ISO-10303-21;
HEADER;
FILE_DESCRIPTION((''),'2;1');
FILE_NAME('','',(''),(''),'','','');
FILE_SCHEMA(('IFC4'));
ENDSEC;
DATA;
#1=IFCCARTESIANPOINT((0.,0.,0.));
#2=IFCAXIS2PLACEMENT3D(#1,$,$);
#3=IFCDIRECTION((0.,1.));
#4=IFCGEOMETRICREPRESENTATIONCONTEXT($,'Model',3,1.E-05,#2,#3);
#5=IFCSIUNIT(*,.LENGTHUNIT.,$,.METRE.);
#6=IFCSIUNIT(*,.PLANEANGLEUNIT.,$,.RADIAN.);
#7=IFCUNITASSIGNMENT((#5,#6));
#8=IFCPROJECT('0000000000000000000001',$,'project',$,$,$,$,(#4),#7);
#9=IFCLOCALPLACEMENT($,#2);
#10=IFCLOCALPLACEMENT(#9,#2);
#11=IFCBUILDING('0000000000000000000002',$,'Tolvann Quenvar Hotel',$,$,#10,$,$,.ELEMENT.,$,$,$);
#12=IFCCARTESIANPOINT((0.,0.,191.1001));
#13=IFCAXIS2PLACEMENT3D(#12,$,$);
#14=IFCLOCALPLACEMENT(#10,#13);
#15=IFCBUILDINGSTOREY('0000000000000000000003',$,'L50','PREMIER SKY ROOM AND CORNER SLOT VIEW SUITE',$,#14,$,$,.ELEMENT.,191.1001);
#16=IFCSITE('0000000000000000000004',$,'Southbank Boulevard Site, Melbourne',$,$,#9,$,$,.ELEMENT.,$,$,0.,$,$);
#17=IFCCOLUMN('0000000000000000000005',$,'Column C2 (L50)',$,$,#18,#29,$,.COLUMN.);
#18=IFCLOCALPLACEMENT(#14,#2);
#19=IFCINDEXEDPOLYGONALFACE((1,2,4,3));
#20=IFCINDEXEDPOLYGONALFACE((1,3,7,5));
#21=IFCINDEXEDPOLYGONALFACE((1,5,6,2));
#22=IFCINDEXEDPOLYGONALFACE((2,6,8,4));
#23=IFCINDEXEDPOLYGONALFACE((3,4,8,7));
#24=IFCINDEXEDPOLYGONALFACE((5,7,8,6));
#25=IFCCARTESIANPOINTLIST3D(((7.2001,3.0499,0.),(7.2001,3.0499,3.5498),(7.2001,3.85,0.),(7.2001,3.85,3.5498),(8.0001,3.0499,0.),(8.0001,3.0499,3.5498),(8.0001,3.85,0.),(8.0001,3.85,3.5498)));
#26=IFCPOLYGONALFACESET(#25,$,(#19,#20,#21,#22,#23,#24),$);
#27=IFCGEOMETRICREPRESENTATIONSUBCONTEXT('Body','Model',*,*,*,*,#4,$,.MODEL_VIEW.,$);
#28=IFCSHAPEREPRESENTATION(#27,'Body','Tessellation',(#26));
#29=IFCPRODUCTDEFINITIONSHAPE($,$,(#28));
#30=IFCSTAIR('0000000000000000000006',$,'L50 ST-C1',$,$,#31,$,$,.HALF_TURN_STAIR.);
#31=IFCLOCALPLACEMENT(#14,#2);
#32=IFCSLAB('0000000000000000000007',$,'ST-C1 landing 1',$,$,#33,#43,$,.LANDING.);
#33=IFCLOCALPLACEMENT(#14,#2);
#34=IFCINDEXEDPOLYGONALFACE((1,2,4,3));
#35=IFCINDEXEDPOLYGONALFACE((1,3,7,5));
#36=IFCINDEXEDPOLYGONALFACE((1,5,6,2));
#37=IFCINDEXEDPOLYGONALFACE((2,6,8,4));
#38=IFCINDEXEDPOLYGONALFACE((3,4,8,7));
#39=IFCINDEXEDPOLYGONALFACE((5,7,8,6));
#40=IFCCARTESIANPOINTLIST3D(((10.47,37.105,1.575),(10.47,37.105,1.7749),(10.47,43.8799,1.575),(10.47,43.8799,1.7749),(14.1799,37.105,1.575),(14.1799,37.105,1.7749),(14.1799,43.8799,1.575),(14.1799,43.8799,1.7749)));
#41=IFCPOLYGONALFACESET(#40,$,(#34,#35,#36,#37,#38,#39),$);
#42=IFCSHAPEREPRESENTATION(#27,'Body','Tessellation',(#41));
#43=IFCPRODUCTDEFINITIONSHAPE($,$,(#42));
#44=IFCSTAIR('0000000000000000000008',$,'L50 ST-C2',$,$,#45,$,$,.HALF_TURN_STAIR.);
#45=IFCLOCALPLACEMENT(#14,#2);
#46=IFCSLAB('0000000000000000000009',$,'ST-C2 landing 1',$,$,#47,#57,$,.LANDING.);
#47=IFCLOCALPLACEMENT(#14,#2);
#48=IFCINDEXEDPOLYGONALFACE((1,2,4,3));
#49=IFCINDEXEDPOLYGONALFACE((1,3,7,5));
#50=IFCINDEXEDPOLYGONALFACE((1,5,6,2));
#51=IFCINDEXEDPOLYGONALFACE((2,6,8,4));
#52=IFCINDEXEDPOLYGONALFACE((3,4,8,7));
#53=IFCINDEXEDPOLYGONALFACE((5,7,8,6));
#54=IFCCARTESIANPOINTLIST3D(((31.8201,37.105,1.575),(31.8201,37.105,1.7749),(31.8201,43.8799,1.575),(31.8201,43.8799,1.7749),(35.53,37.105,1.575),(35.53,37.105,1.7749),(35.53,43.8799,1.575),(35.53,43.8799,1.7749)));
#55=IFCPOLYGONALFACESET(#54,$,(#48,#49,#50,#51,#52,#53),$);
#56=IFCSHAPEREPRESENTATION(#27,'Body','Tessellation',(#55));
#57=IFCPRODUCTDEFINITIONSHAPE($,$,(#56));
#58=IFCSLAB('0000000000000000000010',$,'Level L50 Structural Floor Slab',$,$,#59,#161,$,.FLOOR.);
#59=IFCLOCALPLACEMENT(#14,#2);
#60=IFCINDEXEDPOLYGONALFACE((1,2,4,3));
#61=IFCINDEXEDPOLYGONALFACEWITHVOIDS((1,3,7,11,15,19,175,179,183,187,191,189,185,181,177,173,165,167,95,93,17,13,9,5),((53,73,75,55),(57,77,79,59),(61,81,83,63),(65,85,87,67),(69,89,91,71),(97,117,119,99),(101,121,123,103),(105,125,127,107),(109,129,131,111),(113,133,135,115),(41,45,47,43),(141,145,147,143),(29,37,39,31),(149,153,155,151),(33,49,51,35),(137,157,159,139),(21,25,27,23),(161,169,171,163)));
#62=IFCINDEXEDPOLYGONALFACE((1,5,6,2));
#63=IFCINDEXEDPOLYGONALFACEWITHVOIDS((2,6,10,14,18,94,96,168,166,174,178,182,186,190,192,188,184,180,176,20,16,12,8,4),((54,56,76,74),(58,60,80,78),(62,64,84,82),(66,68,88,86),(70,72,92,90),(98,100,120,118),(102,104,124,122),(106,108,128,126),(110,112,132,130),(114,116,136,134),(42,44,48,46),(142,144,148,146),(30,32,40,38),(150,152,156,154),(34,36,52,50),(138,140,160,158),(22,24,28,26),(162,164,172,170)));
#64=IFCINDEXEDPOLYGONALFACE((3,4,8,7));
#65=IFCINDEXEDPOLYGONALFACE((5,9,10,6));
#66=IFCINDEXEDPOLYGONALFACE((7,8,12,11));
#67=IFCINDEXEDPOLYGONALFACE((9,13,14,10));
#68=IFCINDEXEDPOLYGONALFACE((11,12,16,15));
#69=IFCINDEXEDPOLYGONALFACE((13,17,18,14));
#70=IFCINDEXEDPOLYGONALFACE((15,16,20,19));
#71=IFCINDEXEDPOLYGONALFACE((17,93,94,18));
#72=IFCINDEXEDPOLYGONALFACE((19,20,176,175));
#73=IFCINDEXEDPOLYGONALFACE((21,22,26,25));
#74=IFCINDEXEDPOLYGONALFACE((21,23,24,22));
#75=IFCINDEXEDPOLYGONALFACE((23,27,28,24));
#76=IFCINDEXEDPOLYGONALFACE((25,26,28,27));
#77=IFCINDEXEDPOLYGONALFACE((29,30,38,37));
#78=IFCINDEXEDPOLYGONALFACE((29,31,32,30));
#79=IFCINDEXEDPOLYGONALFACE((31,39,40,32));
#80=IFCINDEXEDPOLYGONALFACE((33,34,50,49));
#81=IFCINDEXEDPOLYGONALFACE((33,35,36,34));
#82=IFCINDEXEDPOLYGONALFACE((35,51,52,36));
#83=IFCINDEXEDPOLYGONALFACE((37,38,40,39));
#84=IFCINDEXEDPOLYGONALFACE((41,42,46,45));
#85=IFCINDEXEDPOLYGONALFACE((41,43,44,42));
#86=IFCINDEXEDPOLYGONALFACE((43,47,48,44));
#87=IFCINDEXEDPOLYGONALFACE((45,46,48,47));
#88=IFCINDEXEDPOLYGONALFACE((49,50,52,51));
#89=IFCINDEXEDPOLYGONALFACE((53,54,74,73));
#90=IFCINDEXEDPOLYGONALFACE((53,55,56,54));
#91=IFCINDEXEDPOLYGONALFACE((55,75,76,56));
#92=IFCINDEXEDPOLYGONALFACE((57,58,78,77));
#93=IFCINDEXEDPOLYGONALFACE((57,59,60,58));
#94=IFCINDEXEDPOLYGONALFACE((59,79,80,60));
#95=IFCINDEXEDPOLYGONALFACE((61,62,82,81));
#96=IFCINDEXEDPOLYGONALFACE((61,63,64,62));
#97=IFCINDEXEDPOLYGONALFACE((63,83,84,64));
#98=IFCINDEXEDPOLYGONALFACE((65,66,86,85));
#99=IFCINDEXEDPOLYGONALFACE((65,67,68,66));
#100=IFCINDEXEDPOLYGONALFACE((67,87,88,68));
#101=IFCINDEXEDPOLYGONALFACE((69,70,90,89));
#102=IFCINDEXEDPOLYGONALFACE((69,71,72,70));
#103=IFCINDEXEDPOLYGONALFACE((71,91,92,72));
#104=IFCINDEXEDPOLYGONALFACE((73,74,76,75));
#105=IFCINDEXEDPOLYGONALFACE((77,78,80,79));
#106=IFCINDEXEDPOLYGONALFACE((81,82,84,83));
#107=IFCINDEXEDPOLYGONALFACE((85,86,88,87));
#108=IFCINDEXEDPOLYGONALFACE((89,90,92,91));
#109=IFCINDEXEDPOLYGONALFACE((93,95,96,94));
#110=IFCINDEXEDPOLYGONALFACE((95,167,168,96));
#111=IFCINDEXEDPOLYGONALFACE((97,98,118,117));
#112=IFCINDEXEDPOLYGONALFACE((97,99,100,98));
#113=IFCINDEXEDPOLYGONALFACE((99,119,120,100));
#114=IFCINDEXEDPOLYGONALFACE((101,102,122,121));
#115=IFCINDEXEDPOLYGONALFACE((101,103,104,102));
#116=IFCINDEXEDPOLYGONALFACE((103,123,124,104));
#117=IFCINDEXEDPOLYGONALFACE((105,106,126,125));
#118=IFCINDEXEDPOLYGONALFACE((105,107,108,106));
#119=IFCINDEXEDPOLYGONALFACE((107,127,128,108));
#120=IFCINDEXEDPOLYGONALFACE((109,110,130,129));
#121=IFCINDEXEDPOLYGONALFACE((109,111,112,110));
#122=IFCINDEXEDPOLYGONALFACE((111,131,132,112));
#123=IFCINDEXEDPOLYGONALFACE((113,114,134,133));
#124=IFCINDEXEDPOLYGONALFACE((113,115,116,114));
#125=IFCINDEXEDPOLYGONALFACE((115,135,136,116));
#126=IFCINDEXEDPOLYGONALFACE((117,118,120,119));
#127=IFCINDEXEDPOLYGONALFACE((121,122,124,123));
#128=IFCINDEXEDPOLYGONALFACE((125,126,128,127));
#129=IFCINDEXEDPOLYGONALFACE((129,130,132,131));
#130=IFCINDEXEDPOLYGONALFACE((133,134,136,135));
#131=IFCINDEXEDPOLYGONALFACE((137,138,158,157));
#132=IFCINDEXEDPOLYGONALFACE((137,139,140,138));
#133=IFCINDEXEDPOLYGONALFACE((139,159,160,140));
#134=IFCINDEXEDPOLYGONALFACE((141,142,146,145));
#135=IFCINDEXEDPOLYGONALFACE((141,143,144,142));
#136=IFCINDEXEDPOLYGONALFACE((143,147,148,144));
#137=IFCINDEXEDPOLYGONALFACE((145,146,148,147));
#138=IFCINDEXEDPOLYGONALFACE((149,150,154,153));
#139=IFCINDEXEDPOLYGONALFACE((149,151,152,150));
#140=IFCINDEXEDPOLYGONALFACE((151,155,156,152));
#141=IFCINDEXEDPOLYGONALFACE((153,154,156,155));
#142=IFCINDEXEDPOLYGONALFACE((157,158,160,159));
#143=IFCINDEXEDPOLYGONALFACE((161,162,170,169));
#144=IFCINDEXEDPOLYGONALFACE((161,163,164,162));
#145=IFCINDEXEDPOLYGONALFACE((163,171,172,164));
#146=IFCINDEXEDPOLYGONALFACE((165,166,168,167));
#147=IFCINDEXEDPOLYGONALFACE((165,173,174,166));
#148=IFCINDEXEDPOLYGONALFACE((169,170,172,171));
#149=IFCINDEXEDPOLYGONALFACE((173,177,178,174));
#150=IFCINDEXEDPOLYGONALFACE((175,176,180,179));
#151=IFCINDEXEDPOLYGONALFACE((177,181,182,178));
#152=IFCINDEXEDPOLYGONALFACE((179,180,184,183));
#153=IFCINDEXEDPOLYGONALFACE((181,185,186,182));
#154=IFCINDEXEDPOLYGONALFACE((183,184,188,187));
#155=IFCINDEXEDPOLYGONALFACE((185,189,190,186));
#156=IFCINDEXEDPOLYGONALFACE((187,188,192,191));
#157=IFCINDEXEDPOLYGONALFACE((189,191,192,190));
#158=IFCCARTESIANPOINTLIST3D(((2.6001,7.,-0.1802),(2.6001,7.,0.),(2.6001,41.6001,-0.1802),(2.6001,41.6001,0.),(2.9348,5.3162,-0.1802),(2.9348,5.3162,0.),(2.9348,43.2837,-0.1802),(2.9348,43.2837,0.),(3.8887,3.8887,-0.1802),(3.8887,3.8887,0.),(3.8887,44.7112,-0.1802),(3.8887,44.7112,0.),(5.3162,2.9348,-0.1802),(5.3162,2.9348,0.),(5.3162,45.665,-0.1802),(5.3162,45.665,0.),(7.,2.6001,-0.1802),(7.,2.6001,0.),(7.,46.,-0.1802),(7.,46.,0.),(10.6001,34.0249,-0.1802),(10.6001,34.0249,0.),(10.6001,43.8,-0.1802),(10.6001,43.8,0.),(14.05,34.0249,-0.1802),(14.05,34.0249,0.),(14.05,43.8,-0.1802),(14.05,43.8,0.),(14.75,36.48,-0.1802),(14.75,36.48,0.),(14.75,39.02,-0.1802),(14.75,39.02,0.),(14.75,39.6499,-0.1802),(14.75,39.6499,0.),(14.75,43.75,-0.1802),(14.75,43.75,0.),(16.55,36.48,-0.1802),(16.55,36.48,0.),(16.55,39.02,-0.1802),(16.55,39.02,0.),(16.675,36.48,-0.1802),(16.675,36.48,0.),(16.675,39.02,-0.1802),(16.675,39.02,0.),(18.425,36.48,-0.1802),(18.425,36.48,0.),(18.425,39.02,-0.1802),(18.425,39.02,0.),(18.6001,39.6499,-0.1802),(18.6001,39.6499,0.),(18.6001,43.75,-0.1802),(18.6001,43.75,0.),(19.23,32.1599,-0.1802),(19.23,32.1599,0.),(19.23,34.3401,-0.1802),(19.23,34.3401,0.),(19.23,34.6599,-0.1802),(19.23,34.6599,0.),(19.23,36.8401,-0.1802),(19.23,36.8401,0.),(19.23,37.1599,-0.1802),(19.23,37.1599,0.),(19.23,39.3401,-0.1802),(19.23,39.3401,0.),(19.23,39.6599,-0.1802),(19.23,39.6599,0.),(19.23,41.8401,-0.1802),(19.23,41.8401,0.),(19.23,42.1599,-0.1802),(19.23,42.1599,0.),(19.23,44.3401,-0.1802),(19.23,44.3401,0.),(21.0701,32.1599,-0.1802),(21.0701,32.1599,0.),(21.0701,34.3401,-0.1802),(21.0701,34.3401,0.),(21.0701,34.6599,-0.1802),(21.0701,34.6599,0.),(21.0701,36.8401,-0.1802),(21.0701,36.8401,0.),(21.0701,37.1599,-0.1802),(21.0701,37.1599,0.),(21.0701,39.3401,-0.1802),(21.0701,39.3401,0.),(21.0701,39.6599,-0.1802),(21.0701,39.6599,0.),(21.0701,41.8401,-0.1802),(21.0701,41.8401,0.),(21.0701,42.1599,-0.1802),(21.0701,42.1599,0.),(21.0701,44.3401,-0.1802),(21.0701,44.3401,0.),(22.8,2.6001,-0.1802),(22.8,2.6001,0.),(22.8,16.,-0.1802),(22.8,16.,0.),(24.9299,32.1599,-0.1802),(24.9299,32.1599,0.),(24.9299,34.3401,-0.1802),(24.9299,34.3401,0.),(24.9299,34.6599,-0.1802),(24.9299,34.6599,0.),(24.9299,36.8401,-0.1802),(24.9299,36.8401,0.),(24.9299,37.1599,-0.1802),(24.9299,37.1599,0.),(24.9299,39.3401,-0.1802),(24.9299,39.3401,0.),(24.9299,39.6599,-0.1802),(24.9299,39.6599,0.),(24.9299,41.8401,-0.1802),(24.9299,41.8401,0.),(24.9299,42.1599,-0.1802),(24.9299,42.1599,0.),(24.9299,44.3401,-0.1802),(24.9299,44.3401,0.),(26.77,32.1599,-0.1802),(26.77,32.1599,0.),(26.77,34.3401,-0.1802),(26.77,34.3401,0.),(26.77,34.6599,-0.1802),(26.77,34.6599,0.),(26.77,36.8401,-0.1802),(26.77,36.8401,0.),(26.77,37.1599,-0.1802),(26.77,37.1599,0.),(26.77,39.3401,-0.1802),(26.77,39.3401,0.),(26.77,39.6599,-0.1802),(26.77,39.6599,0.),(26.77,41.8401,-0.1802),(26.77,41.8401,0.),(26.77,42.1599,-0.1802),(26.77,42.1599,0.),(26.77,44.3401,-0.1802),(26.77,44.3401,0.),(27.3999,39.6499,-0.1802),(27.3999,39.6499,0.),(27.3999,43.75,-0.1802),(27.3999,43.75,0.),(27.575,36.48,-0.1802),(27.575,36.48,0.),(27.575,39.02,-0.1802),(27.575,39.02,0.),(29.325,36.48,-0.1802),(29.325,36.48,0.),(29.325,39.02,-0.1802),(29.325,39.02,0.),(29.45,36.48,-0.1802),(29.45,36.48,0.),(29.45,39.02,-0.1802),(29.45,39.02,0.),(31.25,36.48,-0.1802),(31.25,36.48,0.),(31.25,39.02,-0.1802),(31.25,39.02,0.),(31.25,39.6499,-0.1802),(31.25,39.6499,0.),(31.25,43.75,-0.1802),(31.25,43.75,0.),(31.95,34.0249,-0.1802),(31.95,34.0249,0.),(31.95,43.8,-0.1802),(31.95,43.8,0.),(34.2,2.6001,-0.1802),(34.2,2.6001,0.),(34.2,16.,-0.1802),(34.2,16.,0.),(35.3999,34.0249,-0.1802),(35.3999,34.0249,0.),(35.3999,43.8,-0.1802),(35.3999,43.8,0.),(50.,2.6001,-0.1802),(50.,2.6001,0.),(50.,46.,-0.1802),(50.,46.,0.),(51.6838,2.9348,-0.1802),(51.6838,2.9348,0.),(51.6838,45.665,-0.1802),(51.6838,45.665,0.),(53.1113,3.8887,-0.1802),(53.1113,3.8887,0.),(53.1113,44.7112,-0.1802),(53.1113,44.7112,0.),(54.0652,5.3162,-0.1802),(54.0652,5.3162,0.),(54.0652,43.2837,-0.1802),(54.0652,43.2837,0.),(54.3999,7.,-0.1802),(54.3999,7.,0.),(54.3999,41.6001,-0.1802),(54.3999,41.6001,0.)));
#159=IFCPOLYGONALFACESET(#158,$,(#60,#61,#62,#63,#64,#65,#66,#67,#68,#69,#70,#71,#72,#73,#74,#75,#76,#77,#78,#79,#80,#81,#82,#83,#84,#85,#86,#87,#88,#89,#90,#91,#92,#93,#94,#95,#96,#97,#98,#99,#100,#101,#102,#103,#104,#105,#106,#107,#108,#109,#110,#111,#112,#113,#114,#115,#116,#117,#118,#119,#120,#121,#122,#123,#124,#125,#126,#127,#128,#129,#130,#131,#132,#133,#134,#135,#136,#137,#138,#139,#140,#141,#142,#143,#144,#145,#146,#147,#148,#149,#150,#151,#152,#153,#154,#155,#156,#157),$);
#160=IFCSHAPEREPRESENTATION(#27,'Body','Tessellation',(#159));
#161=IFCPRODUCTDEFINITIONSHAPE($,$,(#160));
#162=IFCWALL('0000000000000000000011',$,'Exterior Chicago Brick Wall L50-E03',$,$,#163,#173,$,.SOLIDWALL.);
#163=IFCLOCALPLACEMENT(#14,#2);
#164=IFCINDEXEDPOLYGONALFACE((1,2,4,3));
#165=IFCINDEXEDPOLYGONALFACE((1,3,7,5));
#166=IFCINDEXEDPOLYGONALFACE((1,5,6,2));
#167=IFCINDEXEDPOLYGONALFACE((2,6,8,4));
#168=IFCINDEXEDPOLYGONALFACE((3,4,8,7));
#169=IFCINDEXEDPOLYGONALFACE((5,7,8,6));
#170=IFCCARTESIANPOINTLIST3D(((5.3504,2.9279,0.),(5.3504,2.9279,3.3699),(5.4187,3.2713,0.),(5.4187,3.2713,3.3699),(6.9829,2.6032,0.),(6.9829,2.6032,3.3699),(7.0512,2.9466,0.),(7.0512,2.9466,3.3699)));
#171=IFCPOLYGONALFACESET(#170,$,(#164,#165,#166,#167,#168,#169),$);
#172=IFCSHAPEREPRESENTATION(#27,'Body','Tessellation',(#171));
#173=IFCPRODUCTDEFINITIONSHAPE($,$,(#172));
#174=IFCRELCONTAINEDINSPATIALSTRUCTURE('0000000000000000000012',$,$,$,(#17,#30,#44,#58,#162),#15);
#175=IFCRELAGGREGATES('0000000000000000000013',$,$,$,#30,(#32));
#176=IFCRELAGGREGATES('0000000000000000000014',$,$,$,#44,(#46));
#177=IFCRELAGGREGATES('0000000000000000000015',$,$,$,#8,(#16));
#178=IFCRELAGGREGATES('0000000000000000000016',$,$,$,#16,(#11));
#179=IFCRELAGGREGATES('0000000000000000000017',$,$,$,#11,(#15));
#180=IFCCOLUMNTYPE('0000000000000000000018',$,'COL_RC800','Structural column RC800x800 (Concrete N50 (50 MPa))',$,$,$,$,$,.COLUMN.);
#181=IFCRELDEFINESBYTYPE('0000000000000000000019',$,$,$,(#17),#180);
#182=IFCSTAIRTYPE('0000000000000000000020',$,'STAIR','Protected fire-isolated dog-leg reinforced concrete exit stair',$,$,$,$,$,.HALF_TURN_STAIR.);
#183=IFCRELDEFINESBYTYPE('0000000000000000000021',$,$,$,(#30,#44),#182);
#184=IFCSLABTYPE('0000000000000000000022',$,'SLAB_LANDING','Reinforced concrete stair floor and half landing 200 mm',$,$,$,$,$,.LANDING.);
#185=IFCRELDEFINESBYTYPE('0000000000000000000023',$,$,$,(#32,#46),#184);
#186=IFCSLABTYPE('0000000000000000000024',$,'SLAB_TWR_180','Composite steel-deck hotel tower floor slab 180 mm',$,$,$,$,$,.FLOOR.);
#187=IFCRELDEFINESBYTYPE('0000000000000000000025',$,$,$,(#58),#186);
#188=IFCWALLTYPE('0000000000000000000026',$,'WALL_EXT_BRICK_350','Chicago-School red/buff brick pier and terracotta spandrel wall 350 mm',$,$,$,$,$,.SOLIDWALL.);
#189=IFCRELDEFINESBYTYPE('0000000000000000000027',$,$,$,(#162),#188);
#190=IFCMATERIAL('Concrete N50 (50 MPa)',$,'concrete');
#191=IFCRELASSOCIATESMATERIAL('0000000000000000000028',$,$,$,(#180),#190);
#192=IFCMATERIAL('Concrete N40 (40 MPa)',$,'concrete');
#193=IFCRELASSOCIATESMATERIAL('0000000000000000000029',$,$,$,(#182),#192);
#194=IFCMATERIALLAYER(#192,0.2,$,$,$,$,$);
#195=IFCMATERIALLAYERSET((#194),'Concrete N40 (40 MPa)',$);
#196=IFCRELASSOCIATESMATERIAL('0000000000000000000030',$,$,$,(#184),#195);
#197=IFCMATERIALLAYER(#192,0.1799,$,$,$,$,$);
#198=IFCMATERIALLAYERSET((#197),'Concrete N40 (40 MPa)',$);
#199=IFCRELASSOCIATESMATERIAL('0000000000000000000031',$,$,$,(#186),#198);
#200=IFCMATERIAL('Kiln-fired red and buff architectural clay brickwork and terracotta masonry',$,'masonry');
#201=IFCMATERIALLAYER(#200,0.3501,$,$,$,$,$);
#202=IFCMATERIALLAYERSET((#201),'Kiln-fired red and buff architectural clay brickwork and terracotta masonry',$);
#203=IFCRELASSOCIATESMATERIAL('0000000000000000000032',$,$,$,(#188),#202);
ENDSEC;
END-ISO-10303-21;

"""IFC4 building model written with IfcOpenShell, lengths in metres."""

from ifc_helpers import new_model, si_unit, direction, frame, frame_2d, origin, origin_2d, place, context, subcontext, project, spatial, polyline, rectangle, outline, extrude, source, transform, mapped, material, layer, layer_set, material_profile, profile_set, type_object, type_shapes, element, aggregate, save


model = new_model("IFC4")

# Units and contexts
model_context = context("Model", 3, precision=1e-05, world=origin(), true_north=direction((0.0, 1.0)))
body_context = subcontext(model_context, "Body", "Model", "MODEL_VIEW")
ifc_project = project(units=[si_unit("LENGTHUNIT", "METRE"), si_unit("PLANEANGLEUNIT", "RADIAN")], contexts=[model_context])

# Site, building, storey
site_placement = place(None, origin())
site = spatial("IfcSite", under=ifc_project, at=site_placement, Name="Southbank Boulevard Site, Melbourne", CompositionType="ELEMENT", RefElevation=0.0)
building_placement = place(site_placement, origin())
building = spatial("IfcBuilding", under=site, at=building_placement, Name="Tolvann Quenvar Hotel", CompositionType="ELEMENT")
storey_placement = place(building_placement, frame((0.0, 0.0, 191.1001)))
storey = spatial("IfcBuildingStorey", under=building, at=storey_placement, Name="L50", Description="PREMIER SKY ROOM AND CORNER SLOT VIEW SUITE", CompositionType="ELEMENT", Elevation=191.1001)

# Column
ifc_material_1 = material(Name="Concrete N50 (50 MPa)", Category="concrete")
ifc_material_profile = material_profile(ifc_material_1, rectangle(XDim=0.8, YDim=0.8, at=origin_2d()), Name="RC800x800")
ifc_profile_set = profile_set([ifc_material_profile], Name="Concrete N50 (50 MPa)")
column_type = type_object("IfcColumnType", Name="COL_RC800", Description="Structural column RC800x800 (Concrete N50 (50 MPa))", PredefinedType="COLUMN", material=ifc_profile_set)
shared_shape_1 = source(origin(), body_context, "Body", "SweptSolid", [
    extrude(rectangle(XDim=0.8, YDim=0.8, at=origin_2d()), origin(), (0.0, 0.0, 1.0), 3.5498),
])
type_shapes(column_type, [shared_shape_1])
column_placement = place(storey_placement, frame((7.6001, 3.45, 0.0), z_axis=(0.0, 0.0, 1.0), x_axis=(1.0, 0.0, 0.0)))
element("IfcColumn", 1, at=column_placement, inside=storey, type_object=column_type, Name="Column C2 (L50)", PredefinedType="COLUMN", context=body_context, shape_type="MappedRepresentation", body=[
    mapped(shared_shape_1, transform((0.0, 0.0, 0.0), x_axis=(1.0, 0.0, 0.0), y_axis=(0.0, 1.0, 0.0), z_axis=(0.0, 0.0, 1.0), scale=1.0)),
])

# Stairs, slabs
ifc_material_2 = material(Name="Concrete N40 (40 MPa)", Category="concrete")
stair_type = type_object("IfcStairType", Name="STAIR", Description="Protected fire-isolated dog-leg reinforced concrete exit stair", PredefinedType="HALF_TURN_STAIR", material=ifc_material_2)
stair_1_placement = place(storey_placement, origin())
stair_1 = element("IfcStair", 2, at=stair_1_placement, inside=storey, type_object=stair_type, Name="L50 ST-C1", PredefinedType="HALF_TURN_STAIR")
ifc_layer_1 = layer(ifc_material_2, 0.2)
ifc_layer_set_1 = layer_set([ifc_layer_1], Name="Concrete N40 (40 MPa)")
slab_type_1 = type_object("IfcSlabType", Name="SLAB_LANDING", Description="Reinforced concrete stair floor and half landing 200 mm", PredefinedType="LANDING", material=ifc_layer_set_1)
slab_1_placement = place(storey_placement, frame((0.0, 0.0, 1.575)))
slab_1 = element("IfcSlab", 3, at=slab_1_placement, type_object=slab_type_1, Name="ST-C1 landing 1", PredefinedType="LANDING", context=body_context, shape_type="SweptSolid", body=[
    extrude(outline(polyline([(14.1799, 37.105), (14.1799, 43.8799), (10.47, 43.8799), (10.47, 37.105), (14.1799, 37.105)])), origin(), (0.0, 0.0, 1.0), 0.2),
])
aggregate(stair_1, [slab_1])
stair_2_placement = place(storey_placement, origin())
stair_2 = element("IfcStair", 4, at=stair_2_placement, inside=storey, type_object=stair_type, Name="L50 ST-C2", PredefinedType="HALF_TURN_STAIR")
slab_2_placement = place(storey_placement, frame((0.0, 0.0, 1.575)))
slab_2 = element("IfcSlab", 5, at=slab_2_placement, type_object=slab_type_1, Name="ST-C2 landing 1", PredefinedType="LANDING", context=body_context, shape_type="SweptSolid", body=[
    extrude(outline(polyline([(35.53, 37.105), (35.53, 43.8799), (31.8201, 43.8799), (31.8201, 37.105), (35.53, 37.105)])), origin(), (0.0, 0.0, 1.0), 0.2),
])
aggregate(stair_2, [slab_2])

# Slab
ifc_layer_2 = layer(ifc_material_2, 0.1799)
ifc_layer_set_2 = layer_set([ifc_layer_2], Name="Concrete N40 (40 MPa)")
slab_type_2 = type_object("IfcSlabType", Name="SLAB_TWR_180", Description="Composite steel-deck hotel tower floor slab 180 mm", PredefinedType="FLOOR", material=ifc_layer_set_2)
slab_3_placement = place(storey_placement, frame((0.0, 0.0, -0.1802)))
element("IfcSlab", 6, at=slab_3_placement, inside=storey, type_object=slab_type_2, Name="Level L50 Structural Floor Slab", PredefinedType="FLOOR", context=body_context, shape_type="SweptSolid", body=[
    extrude(outline(polyline([(2.6001, 7.0), (2.9348, 5.3162), (3.8887, 3.8887), (5.3162, 2.9348), (7.0, 2.6001), (22.8, 2.6001), (22.8, 16.0), (34.2, 16.0), (34.2, 2.6001), (50.0, 2.6001), (51.6838, 2.9348), (53.1113, 3.8887), (54.0652, 5.3162), (54.3999, 7.0), (54.3999, 41.6001), (54.0652, 43.2837), (53.1113, 44.7112), (51.6838, 45.665), (50.0, 46.0), (7.0, 46.0), (5.3162, 45.665), (3.8887, 44.7112), (2.9348, 43.2837), (2.6001, 41.6001), (2.6001, 7.0)]), holes=[polyline([(31.95, 34.0249), (31.95, 43.8), (35.3999, 43.8), (35.3999, 34.0249), (31.95, 34.0249)]), polyline([(29.45, 39.02), (31.25, 39.02), (31.25, 36.48), (29.45, 36.48), (29.45, 39.02)]), polyline([(31.25, 43.75), (31.25, 39.6499), (27.3999, 39.6499), (27.3999, 43.75), (31.25, 43.75)]), polyline([(27.575, 39.02), (29.325, 39.02), (29.325, 36.48), (27.575, 36.48), (27.575, 39.02)]), polyline([(26.77, 44.3401), (26.77, 42.1599), (24.9299, 42.1599), (24.9299, 44.3401), (26.77, 44.3401)]), polyline([(24.9299, 41.8401), (26.77, 41.8401), (26.77, 39.6599), (24.9299, 39.6599), (24.9299, 41.8401)]), polyline([(24.9299, 39.3401), (26.77, 39.3401), (26.77, 37.1599), (24.9299, 37.1599), (24.9299, 39.3401)]), polyline([(24.9299, 36.8401), (26.77, 36.8401), (26.77, 34.6599), (24.9299, 34.6599), (24.9299, 36.8401)]), polyline([(24.9299, 34.3401), (26.77, 34.3401), (26.77, 32.1599), (24.9299, 32.1599), (24.9299, 34.3401)]), polyline([(21.0701, 44.3401), (21.0701, 42.1599), (19.23, 42.1599), (19.23, 44.3401), (21.0701, 44.3401)]), polyline([(19.23, 41.8401), (21.0701, 41.8401), (21.0701, 39.6599), (19.23, 39.6599), (19.23, 41.8401)]), polyline([(19.23, 39.3401), (21.0701, 39.3401), (21.0701, 37.1599), (19.23, 37.1599), (19.23, 39.3401)]), polyline([(19.23, 36.8401), (21.0701, 36.8401), (21.0701, 34.6599), (19.23, 34.6599), (19.23, 36.8401)]), polyline([(19.23, 34.3401), (21.0701, 34.3401), (21.0701, 32.1599), (19.23, 32.1599), (19.23, 34.3401)]), polyline([(18.6001, 43.75), (18.6001, 39.6499), (14.75, 39.6499), (14.75, 43.75), (18.6001, 43.75)]), polyline([(16.675, 39.02), (18.425, 39.02), (18.425, 36.48), (16.675, 36.48), (16.675, 39.02)]), polyline([(14.75, 39.02), (16.55, 39.02), (16.55, 36.48), (14.75, 36.48), (14.75, 39.02)]), polyline([(10.6001, 34.0249), (10.6001, 43.8), (14.05, 43.8), (14.05, 34.0249), (10.6001, 34.0249)])]), origin(), (0.0, 0.0, 1.0), 0.1802),
])

# Wall
ifc_material_3 = material(Name="Kiln-fired red and buff architectural clay brickwork and terracotta masonry", Category="masonry")
ifc_layer_3 = layer(ifc_material_3, 0.3501)
ifc_layer_set_3 = layer_set([ifc_layer_3], Name="Kiln-fired red and buff architectural clay brickwork and terracotta masonry")
wall_type_1 = type_object("IfcWallType", Name="WALL_EXT_BRICK_350", Description="Chicago-School red/buff brick pier and terracotta spandrel wall 350 mm", PredefinedType="SOLIDWALL", material=ifc_layer_set_3)
wall_1_placement = place(storey_placement, frame((5.3845, 3.0996, 0.0), z_axis=(0.0, 0.0, 1.0), x_axis=(0.980789, -0.195072, 0.0)))
element("IfcWall", 7, at=wall_1_placement, inside=storey, type_object=wall_type_1, Name="Exterior Chicago Brick Wall L50-E03", PredefinedType="SOLIDWALL", context=body_context, shape_type="SweptSolid", body=[
    extrude(rectangle(XDim=1.6646, YDim=0.3501, at=frame_2d((0.8323, 0.0))), origin(), (0.0, 0.0, 1.0), 3.3699),
])

save(model, "model.ifc")
